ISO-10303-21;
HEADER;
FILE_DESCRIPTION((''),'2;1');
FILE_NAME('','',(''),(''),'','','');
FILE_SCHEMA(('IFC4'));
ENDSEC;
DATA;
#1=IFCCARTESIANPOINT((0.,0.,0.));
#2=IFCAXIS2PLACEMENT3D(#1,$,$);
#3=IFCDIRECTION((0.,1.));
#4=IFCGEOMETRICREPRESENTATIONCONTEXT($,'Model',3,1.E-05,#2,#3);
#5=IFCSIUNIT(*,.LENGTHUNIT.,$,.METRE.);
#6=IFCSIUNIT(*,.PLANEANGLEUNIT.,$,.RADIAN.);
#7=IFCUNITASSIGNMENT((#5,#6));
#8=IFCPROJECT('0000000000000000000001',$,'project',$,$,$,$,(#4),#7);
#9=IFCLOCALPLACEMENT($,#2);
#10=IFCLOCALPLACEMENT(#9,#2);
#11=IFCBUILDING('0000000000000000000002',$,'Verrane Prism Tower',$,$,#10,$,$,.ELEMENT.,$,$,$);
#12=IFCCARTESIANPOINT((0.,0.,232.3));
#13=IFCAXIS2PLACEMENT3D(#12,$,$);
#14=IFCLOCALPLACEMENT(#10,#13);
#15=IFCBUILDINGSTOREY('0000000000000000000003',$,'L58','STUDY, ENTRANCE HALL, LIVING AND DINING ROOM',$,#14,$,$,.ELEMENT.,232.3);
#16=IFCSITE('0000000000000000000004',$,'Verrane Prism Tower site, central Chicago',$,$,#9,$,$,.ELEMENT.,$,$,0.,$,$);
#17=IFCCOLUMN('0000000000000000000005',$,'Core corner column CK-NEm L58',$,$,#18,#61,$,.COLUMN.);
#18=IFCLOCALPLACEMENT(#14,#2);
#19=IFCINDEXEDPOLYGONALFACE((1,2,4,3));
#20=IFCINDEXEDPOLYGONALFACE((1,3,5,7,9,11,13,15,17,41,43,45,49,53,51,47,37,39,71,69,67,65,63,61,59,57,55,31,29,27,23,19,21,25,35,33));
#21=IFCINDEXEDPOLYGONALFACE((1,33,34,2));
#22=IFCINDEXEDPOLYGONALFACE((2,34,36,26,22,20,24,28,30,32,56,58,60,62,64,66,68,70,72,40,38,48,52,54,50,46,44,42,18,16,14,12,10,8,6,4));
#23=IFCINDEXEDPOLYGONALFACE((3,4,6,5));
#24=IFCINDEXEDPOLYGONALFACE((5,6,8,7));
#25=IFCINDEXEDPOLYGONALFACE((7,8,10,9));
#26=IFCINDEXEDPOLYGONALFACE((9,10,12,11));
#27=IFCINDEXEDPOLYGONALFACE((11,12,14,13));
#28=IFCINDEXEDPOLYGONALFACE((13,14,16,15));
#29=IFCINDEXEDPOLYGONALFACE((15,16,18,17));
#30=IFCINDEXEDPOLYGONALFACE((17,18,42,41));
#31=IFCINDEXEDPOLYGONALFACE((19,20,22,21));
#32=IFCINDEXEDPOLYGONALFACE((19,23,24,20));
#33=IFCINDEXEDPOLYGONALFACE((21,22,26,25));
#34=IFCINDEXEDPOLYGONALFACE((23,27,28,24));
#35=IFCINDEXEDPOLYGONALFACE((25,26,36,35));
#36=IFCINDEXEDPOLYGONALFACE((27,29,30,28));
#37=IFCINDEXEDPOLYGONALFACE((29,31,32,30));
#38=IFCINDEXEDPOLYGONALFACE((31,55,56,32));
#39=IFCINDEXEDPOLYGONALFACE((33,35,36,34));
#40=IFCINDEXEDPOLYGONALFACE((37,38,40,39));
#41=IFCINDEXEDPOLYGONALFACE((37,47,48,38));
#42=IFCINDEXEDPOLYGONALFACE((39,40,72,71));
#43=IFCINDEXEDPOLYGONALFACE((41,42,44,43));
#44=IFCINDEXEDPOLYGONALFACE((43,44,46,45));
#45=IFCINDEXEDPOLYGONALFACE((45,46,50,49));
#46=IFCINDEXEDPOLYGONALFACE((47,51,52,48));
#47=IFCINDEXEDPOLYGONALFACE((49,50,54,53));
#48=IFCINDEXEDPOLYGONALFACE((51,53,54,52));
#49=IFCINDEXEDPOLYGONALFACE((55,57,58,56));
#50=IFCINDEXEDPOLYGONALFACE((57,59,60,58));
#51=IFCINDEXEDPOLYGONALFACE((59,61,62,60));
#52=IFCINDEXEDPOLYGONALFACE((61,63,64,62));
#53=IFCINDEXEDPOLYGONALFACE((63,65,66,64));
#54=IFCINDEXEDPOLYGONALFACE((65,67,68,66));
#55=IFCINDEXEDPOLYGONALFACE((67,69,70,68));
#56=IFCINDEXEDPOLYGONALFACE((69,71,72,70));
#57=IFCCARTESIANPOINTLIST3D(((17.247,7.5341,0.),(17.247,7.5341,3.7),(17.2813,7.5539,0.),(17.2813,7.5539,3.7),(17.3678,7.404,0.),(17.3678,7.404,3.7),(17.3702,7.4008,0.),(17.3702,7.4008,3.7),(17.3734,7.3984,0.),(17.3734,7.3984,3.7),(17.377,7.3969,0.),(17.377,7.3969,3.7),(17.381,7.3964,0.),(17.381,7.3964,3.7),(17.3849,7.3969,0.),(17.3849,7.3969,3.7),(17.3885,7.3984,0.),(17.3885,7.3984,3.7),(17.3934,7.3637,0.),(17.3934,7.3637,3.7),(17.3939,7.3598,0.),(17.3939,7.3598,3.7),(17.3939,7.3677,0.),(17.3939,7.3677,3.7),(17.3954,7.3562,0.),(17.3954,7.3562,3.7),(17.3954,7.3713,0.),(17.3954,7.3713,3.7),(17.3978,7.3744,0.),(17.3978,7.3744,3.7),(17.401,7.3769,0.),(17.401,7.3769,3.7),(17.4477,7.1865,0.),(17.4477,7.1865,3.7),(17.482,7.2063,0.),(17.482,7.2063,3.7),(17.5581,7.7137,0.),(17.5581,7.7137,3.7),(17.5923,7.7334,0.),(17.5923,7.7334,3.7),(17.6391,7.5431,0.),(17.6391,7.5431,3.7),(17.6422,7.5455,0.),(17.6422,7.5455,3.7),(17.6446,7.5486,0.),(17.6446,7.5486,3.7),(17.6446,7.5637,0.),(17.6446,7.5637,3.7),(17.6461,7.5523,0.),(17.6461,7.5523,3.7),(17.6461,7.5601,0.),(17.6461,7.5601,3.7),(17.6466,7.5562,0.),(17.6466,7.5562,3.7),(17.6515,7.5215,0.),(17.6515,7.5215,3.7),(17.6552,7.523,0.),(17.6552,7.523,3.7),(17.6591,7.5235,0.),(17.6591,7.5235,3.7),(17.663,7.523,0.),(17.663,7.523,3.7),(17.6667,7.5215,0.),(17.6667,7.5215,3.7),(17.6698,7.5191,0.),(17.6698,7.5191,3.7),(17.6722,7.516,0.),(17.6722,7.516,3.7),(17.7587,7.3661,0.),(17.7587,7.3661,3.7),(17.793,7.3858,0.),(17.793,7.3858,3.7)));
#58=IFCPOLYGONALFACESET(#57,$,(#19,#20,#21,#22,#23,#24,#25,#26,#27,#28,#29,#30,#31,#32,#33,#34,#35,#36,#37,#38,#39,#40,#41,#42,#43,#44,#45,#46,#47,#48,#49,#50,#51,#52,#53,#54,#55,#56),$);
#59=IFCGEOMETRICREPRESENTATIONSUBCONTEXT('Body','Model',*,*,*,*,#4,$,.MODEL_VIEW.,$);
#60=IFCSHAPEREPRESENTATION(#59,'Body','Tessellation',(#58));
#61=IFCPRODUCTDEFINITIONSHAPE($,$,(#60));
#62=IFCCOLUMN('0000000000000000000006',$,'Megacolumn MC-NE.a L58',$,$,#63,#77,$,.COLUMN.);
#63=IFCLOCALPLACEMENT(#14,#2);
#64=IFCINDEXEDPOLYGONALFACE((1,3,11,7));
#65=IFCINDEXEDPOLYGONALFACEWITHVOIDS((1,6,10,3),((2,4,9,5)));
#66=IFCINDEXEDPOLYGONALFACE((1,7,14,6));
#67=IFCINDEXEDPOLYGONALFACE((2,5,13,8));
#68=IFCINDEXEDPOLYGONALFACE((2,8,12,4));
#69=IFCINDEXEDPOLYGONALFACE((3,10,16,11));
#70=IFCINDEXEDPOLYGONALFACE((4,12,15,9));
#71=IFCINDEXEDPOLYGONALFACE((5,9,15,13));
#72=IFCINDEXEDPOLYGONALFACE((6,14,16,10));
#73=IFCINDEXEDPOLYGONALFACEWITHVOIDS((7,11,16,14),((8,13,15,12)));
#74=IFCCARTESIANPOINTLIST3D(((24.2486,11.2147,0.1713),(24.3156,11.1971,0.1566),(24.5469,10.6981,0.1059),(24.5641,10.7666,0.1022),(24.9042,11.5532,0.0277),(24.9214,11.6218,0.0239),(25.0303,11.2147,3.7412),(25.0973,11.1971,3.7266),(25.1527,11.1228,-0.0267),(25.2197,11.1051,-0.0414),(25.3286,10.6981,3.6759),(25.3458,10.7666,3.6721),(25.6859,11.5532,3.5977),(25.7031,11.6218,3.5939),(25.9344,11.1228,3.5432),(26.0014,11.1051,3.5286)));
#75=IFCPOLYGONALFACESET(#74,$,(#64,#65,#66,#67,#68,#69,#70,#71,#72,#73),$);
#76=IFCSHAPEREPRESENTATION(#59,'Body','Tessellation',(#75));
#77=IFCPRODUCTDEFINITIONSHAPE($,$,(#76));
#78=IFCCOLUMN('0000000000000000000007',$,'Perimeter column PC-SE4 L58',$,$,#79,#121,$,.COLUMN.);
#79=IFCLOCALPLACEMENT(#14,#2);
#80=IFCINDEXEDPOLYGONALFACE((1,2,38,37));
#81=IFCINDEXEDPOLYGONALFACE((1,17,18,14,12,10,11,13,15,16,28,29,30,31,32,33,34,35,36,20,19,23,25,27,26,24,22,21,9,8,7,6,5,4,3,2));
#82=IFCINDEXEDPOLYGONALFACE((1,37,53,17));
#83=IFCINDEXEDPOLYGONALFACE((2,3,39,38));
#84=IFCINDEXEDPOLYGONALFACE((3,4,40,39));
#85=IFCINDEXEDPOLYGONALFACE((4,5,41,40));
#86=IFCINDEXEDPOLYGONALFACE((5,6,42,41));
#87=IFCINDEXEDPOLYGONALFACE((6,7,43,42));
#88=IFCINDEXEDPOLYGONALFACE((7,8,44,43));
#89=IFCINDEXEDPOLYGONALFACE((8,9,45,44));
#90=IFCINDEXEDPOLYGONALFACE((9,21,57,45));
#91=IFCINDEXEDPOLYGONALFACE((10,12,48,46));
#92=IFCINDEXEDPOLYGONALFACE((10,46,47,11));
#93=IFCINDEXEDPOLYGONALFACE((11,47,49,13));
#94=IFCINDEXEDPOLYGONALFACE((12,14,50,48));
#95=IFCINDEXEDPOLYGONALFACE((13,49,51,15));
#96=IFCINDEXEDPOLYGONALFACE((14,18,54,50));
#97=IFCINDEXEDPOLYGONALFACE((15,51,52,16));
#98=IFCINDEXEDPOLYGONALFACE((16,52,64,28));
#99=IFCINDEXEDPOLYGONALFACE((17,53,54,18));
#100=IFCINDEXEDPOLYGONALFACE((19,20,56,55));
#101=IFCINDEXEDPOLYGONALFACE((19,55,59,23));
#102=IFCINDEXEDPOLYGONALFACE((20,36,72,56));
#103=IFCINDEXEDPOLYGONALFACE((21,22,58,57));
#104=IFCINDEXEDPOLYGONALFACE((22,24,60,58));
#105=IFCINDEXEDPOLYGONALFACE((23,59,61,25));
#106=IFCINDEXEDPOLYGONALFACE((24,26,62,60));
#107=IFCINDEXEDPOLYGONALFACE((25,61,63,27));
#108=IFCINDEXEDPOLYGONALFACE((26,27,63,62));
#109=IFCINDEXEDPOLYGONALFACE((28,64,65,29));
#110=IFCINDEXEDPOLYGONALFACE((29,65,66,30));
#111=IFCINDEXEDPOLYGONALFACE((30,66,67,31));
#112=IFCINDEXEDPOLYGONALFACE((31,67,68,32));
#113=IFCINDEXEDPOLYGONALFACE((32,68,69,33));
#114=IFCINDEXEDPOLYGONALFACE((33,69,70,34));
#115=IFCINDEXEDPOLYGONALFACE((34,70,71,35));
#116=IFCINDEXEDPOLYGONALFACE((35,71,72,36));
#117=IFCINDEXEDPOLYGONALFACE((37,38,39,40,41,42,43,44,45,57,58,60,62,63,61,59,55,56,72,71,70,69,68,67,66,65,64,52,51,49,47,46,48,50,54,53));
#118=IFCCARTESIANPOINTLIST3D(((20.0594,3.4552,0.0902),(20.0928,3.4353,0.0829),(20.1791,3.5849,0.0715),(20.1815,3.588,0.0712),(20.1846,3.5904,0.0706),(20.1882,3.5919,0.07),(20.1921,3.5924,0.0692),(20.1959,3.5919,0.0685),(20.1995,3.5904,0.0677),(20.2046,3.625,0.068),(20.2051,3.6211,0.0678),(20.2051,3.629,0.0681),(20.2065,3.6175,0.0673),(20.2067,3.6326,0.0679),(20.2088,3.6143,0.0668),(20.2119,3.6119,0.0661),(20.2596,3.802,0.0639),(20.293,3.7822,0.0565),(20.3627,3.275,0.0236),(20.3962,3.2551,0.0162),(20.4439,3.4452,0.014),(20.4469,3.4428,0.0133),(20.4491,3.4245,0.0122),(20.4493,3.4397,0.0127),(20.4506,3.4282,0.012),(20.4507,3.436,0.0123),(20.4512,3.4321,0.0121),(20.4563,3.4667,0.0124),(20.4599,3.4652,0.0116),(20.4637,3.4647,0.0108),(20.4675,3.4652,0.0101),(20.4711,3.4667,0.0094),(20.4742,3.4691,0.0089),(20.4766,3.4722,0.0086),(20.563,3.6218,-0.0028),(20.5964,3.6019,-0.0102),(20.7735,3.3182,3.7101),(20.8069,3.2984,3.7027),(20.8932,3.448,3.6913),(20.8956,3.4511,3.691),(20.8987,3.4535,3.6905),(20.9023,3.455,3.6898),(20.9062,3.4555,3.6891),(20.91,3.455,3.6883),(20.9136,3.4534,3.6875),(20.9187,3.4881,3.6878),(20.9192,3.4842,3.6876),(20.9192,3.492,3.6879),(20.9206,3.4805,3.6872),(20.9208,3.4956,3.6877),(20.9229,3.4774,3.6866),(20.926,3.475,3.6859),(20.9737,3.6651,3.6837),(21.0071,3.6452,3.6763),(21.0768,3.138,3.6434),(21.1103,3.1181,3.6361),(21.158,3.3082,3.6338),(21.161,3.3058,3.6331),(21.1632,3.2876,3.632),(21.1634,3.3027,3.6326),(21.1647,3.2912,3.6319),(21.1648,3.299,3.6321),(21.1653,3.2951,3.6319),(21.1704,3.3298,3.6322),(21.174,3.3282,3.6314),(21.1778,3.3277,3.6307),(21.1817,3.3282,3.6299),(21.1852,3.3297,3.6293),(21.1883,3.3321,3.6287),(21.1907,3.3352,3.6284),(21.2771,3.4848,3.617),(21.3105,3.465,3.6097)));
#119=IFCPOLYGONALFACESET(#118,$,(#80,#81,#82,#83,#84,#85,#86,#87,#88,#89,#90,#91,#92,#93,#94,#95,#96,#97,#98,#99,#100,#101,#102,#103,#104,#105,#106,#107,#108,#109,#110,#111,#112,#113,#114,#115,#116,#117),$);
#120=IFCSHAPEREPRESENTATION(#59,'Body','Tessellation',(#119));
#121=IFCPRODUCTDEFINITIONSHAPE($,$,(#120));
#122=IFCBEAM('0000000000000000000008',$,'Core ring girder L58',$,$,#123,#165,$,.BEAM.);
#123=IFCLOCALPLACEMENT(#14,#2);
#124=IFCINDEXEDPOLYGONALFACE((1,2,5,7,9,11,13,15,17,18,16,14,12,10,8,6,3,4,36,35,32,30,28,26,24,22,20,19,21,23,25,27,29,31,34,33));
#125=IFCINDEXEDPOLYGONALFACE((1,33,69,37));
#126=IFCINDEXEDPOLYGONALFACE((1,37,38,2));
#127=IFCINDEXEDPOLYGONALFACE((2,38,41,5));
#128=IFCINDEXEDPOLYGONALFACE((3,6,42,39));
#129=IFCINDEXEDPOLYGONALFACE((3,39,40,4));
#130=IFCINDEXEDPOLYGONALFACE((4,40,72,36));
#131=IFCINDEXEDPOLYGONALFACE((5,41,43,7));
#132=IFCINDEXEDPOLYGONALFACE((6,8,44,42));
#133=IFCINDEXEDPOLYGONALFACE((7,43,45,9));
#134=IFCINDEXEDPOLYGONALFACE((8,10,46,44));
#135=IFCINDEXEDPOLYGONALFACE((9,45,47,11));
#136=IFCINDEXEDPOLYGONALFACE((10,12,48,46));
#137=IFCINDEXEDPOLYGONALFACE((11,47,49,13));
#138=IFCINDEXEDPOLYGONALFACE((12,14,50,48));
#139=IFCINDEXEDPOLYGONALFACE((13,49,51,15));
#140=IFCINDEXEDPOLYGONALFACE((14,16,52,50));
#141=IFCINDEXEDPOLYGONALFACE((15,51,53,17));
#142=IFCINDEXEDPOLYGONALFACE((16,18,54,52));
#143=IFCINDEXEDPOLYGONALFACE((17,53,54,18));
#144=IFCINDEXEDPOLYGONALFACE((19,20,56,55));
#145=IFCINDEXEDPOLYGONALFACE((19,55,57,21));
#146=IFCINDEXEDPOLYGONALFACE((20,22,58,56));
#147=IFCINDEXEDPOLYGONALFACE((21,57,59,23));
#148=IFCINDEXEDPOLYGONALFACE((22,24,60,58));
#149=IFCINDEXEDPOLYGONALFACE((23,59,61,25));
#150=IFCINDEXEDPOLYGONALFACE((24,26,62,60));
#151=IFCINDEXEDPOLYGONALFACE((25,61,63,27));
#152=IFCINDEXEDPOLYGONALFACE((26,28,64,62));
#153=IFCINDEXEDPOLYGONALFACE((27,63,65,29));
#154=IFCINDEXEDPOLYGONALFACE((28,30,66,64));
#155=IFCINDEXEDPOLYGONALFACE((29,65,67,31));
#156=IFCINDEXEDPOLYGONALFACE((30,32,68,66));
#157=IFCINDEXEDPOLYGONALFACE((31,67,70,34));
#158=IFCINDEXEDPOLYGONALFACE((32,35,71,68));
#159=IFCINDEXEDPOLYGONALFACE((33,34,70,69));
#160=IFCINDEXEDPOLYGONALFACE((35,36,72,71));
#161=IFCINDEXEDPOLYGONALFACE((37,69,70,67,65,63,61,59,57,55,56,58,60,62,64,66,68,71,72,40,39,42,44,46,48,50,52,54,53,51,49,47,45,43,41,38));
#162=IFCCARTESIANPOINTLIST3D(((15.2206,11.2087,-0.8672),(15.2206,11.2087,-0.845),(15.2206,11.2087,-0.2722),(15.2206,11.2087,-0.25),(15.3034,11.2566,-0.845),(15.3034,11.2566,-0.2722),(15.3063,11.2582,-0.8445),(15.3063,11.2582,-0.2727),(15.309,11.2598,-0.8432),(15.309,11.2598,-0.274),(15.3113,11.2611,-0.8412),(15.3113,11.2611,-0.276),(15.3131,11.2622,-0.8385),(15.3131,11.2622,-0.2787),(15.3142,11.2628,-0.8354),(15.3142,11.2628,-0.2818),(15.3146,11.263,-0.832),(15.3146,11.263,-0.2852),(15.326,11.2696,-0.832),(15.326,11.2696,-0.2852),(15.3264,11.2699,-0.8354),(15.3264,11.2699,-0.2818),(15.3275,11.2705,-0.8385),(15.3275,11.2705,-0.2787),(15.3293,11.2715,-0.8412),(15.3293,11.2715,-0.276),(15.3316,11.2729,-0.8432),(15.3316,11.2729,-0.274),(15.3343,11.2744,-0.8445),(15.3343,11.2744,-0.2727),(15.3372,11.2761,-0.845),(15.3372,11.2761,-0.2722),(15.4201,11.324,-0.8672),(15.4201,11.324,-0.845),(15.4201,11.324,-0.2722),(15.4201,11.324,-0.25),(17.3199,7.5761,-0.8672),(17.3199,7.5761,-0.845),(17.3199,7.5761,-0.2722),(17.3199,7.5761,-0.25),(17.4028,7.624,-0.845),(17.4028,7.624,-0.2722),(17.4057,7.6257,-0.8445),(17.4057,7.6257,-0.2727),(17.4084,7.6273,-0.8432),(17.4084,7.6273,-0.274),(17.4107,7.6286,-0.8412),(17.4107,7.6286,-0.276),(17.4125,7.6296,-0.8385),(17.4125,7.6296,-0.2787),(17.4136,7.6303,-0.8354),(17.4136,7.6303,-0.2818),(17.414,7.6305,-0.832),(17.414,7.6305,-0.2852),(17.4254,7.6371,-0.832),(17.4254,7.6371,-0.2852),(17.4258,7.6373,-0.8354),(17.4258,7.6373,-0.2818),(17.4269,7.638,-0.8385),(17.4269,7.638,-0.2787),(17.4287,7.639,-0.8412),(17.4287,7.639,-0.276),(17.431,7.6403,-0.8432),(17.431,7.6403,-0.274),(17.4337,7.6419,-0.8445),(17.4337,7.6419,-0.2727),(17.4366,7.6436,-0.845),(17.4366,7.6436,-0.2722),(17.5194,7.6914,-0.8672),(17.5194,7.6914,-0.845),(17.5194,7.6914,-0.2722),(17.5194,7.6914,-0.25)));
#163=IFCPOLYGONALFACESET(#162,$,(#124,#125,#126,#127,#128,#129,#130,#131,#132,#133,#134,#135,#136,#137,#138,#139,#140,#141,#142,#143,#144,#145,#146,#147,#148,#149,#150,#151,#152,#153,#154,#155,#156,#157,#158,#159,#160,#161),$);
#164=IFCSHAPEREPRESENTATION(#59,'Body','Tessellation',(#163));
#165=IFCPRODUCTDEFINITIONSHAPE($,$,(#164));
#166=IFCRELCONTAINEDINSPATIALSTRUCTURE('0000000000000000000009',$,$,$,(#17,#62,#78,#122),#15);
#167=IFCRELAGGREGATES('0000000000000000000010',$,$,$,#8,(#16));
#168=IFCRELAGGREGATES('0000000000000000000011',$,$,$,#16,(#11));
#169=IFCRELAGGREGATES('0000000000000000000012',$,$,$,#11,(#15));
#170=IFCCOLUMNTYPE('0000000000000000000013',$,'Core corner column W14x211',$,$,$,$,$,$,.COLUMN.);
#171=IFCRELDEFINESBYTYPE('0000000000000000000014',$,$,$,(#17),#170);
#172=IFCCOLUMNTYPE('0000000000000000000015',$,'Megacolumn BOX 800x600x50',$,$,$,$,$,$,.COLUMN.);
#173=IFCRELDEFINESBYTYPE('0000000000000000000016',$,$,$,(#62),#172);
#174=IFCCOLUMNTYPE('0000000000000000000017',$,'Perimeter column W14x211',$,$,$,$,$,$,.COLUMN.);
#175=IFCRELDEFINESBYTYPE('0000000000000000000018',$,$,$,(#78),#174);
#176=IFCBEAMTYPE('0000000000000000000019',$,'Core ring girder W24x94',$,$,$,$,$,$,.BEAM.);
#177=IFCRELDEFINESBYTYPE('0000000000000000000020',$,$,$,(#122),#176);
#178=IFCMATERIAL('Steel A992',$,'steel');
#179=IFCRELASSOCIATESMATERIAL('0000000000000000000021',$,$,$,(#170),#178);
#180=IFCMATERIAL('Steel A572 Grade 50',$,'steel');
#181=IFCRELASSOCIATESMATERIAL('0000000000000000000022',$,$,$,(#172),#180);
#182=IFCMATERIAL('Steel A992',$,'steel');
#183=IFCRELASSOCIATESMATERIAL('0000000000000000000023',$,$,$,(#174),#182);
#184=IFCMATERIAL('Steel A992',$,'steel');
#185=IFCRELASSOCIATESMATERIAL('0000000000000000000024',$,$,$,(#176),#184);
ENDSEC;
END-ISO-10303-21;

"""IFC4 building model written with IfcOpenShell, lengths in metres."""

from ifc_helpers import new_model, si_unit, direction, frame, origin, origin_2d, place, context, subcontext, project, spatial, hollow_rectangle, i_section, extrude, material, material_profile, profile_set, type_object, element, save


model = new_model("IFC4")

# Units and contexts
model_context = context("Model", 3, precision=1e-05, world=origin(), true_north=direction((0.0, 1.0)))
body_context = subcontext(model_context, "Body", "Model", "MODEL_VIEW")
ifc_project = project(units=[si_unit("LENGTHUNIT", "METRE"), si_unit("PLANEANGLEUNIT", "RADIAN")], contexts=[model_context])

# Site, building, storey
site_placement = place(None, origin())
site = spatial("IfcSite", under=ifc_project, at=site_placement, Name="Verrane Prism Tower site, central Chicago", CompositionType="ELEMENT", RefElevation=0.0)
building_placement = place(site_placement, origin())
building = spatial("IfcBuilding", under=site, at=building_placement, Name="Verrane Prism Tower", CompositionType="ELEMENT")
storey_placement = place(building_placement, frame((0.0, 0.0, 232.3)))
storey = spatial("IfcBuildingStorey", under=building, at=storey_placement, Name="L58", Description="STUDY, ENTRANCE HALL, LIVING AND DINING ROOM", CompositionType="ELEMENT", Elevation=232.3)

# Columns
ifc_material_1 = material(Name="Steel A992", Category="steel")
ifc_material_profile_1 = material_profile(ifc_material_1, i_section(OverallWidth=0.4014, OverallDepth=0.3987, WebThickness=0.0249, FlangeThickness=0.0396, FilletRadius=0.0151, at=origin_2d()), Name="W14x211")
ifc_profile_set_1 = profile_set([ifc_material_profile_1], Name="Steel A992")
column_type_1 = type_object("IfcColumnType", Name="Core corner column W14x211", PredefinedType="COLUMN", material=ifc_profile_set_1)
column_1_placement = place(storey_placement, frame((17.52, 7.46, 0.0), z_axis=(0.0, 0.0, 1.0), x_axis=(0.5, -0.866025, 0.0)))
element("IfcColumn", 1, at=column_1_placement, inside=storey, type_object=column_type_1, Name="Core corner column CK-NEm L58", PredefinedType="COLUMN", context=body_context, shape_type="SweptSolid", body=[
    extrude(i_section(OverallWidth=0.4014, OverallDepth=0.3987, WebThickness=0.0249, FlangeThickness=0.0396, FilletRadius=0.0151, at=origin_2d()), origin(), (0.0, 0.0, 1.0), 3.7),
])
ifc_material_2 = material(Name="Steel A572 Grade 50", Category="steel")
ifc_material_profile_2 = material_profile(ifc_material_2, hollow_rectangle(XDim=0.6001, YDim=0.8, WallThickness=0.05, at=origin_2d()), Name="BOX 800x600x50")
ifc_profile_set_2 = profile_set([ifc_material_profile_2], Name="Steel A572 Grade 50")
column_type_2 = type_object("IfcColumnType", Name="Megacolumn BOX 800x600x50", PredefinedType="COLUMN", material=ifc_profile_set_2)
column_2_placement = place(storey_placement, frame((24.7341, 11.1599, 0.0649), z_axis=(0.213902, 0.0, 0.976855), x_axis=(0.497026, -0.860883, -0.108834)))
element("IfcColumn", 2, at=column_2_placement, inside=storey, type_object=column_type_2, Name="Megacolumn MC-NE.a L58", PredefinedType="COLUMN", context=body_context, shape_type="SweptSolid", body=[
    extrude(hollow_rectangle(XDim=0.6001, YDim=0.8, WallThickness=0.05, at=origin_2d()), origin(), (0.0, 0.0, 1.0), 3.6545),
])
ifc_material_3 = material(Name="Steel A992", Category="steel")
ifc_material_profile_3 = material_profile(ifc_material_3, i_section(OverallWidth=0.4014, OverallDepth=0.3987, WebThickness=0.0249, FlangeThickness=0.0396, FilletRadius=0.0151, at=origin_2d()), Name="W14x211")
ifc_profile_set_3 = profile_set([ifc_material_profile_3], Name="Steel A992")
column_type_3 = type_object("IfcColumnType", Name="Perimeter column W14x211", PredefinedType="COLUMN", material=ifc_profile_set_3)
column_3_placement = place(storey_placement, frame((20.3279, 3.5286, 0.04), z_axis=(0.193412, -0.037095, 0.980416), x_axis=(-0.498932, -0.864145, 0.065731)))
element("IfcColumn", 3, at=column_3_placement, inside=storey, type_object=column_type_3, Name="Perimeter column PC-SE4 L58", PredefinedType="COLUMN", context=body_context, shape_type="SweptSolid", body=[
    extrude(i_section(OverallWidth=0.4014, OverallDepth=0.3987, WebThickness=0.0249, FlangeThickness=0.0396, FilletRadius=0.0151, at=origin_2d()), origin(), (0.0, 0.0, 1.0), 3.6921),
])

# Beam
ifc_material_4 = material(Name="Steel A992", Category="steel")
ifc_material_profile_4 = material_profile(ifc_material_4, i_section(OverallWidth=0.2305, OverallDepth=0.6172, WebThickness=0.0132, FlangeThickness=0.0222, FilletRadius=0.0129, at=origin_2d()), Name="W24x94")
ifc_profile_set_4 = profile_set([ifc_material_profile_4], Name="Steel A992")
beam_type_1 = type_object("IfcBeamType", Name="Core ring girder W24x94", PredefinedType="BEAM", material=ifc_profile_set_4)
beam_1_placement = place(storey_placement, frame((17.4197, 7.6338, -0.5586), z_axis=(-0.500376, 0.865808, 0.0), x_axis=(-0.865808, -0.500376, 0.0)))
element("IfcBeam", 4, at=beam_1_placement, inside=storey, type_object=beam_type_1, Name="Core ring girder L58", PredefinedType="BEAM", context=body_context, shape_type="SweptSolid", body=[
    extrude(i_section(OverallWidth=0.2305, OverallDepth=0.6172, WebThickness=0.0132, FlangeThickness=0.0222, FilletRadius=0.0129, at=origin_2d()), origin(), (0.0, 0.0, 1.0), 4.1956),
])

save(model, "model.ifc")
